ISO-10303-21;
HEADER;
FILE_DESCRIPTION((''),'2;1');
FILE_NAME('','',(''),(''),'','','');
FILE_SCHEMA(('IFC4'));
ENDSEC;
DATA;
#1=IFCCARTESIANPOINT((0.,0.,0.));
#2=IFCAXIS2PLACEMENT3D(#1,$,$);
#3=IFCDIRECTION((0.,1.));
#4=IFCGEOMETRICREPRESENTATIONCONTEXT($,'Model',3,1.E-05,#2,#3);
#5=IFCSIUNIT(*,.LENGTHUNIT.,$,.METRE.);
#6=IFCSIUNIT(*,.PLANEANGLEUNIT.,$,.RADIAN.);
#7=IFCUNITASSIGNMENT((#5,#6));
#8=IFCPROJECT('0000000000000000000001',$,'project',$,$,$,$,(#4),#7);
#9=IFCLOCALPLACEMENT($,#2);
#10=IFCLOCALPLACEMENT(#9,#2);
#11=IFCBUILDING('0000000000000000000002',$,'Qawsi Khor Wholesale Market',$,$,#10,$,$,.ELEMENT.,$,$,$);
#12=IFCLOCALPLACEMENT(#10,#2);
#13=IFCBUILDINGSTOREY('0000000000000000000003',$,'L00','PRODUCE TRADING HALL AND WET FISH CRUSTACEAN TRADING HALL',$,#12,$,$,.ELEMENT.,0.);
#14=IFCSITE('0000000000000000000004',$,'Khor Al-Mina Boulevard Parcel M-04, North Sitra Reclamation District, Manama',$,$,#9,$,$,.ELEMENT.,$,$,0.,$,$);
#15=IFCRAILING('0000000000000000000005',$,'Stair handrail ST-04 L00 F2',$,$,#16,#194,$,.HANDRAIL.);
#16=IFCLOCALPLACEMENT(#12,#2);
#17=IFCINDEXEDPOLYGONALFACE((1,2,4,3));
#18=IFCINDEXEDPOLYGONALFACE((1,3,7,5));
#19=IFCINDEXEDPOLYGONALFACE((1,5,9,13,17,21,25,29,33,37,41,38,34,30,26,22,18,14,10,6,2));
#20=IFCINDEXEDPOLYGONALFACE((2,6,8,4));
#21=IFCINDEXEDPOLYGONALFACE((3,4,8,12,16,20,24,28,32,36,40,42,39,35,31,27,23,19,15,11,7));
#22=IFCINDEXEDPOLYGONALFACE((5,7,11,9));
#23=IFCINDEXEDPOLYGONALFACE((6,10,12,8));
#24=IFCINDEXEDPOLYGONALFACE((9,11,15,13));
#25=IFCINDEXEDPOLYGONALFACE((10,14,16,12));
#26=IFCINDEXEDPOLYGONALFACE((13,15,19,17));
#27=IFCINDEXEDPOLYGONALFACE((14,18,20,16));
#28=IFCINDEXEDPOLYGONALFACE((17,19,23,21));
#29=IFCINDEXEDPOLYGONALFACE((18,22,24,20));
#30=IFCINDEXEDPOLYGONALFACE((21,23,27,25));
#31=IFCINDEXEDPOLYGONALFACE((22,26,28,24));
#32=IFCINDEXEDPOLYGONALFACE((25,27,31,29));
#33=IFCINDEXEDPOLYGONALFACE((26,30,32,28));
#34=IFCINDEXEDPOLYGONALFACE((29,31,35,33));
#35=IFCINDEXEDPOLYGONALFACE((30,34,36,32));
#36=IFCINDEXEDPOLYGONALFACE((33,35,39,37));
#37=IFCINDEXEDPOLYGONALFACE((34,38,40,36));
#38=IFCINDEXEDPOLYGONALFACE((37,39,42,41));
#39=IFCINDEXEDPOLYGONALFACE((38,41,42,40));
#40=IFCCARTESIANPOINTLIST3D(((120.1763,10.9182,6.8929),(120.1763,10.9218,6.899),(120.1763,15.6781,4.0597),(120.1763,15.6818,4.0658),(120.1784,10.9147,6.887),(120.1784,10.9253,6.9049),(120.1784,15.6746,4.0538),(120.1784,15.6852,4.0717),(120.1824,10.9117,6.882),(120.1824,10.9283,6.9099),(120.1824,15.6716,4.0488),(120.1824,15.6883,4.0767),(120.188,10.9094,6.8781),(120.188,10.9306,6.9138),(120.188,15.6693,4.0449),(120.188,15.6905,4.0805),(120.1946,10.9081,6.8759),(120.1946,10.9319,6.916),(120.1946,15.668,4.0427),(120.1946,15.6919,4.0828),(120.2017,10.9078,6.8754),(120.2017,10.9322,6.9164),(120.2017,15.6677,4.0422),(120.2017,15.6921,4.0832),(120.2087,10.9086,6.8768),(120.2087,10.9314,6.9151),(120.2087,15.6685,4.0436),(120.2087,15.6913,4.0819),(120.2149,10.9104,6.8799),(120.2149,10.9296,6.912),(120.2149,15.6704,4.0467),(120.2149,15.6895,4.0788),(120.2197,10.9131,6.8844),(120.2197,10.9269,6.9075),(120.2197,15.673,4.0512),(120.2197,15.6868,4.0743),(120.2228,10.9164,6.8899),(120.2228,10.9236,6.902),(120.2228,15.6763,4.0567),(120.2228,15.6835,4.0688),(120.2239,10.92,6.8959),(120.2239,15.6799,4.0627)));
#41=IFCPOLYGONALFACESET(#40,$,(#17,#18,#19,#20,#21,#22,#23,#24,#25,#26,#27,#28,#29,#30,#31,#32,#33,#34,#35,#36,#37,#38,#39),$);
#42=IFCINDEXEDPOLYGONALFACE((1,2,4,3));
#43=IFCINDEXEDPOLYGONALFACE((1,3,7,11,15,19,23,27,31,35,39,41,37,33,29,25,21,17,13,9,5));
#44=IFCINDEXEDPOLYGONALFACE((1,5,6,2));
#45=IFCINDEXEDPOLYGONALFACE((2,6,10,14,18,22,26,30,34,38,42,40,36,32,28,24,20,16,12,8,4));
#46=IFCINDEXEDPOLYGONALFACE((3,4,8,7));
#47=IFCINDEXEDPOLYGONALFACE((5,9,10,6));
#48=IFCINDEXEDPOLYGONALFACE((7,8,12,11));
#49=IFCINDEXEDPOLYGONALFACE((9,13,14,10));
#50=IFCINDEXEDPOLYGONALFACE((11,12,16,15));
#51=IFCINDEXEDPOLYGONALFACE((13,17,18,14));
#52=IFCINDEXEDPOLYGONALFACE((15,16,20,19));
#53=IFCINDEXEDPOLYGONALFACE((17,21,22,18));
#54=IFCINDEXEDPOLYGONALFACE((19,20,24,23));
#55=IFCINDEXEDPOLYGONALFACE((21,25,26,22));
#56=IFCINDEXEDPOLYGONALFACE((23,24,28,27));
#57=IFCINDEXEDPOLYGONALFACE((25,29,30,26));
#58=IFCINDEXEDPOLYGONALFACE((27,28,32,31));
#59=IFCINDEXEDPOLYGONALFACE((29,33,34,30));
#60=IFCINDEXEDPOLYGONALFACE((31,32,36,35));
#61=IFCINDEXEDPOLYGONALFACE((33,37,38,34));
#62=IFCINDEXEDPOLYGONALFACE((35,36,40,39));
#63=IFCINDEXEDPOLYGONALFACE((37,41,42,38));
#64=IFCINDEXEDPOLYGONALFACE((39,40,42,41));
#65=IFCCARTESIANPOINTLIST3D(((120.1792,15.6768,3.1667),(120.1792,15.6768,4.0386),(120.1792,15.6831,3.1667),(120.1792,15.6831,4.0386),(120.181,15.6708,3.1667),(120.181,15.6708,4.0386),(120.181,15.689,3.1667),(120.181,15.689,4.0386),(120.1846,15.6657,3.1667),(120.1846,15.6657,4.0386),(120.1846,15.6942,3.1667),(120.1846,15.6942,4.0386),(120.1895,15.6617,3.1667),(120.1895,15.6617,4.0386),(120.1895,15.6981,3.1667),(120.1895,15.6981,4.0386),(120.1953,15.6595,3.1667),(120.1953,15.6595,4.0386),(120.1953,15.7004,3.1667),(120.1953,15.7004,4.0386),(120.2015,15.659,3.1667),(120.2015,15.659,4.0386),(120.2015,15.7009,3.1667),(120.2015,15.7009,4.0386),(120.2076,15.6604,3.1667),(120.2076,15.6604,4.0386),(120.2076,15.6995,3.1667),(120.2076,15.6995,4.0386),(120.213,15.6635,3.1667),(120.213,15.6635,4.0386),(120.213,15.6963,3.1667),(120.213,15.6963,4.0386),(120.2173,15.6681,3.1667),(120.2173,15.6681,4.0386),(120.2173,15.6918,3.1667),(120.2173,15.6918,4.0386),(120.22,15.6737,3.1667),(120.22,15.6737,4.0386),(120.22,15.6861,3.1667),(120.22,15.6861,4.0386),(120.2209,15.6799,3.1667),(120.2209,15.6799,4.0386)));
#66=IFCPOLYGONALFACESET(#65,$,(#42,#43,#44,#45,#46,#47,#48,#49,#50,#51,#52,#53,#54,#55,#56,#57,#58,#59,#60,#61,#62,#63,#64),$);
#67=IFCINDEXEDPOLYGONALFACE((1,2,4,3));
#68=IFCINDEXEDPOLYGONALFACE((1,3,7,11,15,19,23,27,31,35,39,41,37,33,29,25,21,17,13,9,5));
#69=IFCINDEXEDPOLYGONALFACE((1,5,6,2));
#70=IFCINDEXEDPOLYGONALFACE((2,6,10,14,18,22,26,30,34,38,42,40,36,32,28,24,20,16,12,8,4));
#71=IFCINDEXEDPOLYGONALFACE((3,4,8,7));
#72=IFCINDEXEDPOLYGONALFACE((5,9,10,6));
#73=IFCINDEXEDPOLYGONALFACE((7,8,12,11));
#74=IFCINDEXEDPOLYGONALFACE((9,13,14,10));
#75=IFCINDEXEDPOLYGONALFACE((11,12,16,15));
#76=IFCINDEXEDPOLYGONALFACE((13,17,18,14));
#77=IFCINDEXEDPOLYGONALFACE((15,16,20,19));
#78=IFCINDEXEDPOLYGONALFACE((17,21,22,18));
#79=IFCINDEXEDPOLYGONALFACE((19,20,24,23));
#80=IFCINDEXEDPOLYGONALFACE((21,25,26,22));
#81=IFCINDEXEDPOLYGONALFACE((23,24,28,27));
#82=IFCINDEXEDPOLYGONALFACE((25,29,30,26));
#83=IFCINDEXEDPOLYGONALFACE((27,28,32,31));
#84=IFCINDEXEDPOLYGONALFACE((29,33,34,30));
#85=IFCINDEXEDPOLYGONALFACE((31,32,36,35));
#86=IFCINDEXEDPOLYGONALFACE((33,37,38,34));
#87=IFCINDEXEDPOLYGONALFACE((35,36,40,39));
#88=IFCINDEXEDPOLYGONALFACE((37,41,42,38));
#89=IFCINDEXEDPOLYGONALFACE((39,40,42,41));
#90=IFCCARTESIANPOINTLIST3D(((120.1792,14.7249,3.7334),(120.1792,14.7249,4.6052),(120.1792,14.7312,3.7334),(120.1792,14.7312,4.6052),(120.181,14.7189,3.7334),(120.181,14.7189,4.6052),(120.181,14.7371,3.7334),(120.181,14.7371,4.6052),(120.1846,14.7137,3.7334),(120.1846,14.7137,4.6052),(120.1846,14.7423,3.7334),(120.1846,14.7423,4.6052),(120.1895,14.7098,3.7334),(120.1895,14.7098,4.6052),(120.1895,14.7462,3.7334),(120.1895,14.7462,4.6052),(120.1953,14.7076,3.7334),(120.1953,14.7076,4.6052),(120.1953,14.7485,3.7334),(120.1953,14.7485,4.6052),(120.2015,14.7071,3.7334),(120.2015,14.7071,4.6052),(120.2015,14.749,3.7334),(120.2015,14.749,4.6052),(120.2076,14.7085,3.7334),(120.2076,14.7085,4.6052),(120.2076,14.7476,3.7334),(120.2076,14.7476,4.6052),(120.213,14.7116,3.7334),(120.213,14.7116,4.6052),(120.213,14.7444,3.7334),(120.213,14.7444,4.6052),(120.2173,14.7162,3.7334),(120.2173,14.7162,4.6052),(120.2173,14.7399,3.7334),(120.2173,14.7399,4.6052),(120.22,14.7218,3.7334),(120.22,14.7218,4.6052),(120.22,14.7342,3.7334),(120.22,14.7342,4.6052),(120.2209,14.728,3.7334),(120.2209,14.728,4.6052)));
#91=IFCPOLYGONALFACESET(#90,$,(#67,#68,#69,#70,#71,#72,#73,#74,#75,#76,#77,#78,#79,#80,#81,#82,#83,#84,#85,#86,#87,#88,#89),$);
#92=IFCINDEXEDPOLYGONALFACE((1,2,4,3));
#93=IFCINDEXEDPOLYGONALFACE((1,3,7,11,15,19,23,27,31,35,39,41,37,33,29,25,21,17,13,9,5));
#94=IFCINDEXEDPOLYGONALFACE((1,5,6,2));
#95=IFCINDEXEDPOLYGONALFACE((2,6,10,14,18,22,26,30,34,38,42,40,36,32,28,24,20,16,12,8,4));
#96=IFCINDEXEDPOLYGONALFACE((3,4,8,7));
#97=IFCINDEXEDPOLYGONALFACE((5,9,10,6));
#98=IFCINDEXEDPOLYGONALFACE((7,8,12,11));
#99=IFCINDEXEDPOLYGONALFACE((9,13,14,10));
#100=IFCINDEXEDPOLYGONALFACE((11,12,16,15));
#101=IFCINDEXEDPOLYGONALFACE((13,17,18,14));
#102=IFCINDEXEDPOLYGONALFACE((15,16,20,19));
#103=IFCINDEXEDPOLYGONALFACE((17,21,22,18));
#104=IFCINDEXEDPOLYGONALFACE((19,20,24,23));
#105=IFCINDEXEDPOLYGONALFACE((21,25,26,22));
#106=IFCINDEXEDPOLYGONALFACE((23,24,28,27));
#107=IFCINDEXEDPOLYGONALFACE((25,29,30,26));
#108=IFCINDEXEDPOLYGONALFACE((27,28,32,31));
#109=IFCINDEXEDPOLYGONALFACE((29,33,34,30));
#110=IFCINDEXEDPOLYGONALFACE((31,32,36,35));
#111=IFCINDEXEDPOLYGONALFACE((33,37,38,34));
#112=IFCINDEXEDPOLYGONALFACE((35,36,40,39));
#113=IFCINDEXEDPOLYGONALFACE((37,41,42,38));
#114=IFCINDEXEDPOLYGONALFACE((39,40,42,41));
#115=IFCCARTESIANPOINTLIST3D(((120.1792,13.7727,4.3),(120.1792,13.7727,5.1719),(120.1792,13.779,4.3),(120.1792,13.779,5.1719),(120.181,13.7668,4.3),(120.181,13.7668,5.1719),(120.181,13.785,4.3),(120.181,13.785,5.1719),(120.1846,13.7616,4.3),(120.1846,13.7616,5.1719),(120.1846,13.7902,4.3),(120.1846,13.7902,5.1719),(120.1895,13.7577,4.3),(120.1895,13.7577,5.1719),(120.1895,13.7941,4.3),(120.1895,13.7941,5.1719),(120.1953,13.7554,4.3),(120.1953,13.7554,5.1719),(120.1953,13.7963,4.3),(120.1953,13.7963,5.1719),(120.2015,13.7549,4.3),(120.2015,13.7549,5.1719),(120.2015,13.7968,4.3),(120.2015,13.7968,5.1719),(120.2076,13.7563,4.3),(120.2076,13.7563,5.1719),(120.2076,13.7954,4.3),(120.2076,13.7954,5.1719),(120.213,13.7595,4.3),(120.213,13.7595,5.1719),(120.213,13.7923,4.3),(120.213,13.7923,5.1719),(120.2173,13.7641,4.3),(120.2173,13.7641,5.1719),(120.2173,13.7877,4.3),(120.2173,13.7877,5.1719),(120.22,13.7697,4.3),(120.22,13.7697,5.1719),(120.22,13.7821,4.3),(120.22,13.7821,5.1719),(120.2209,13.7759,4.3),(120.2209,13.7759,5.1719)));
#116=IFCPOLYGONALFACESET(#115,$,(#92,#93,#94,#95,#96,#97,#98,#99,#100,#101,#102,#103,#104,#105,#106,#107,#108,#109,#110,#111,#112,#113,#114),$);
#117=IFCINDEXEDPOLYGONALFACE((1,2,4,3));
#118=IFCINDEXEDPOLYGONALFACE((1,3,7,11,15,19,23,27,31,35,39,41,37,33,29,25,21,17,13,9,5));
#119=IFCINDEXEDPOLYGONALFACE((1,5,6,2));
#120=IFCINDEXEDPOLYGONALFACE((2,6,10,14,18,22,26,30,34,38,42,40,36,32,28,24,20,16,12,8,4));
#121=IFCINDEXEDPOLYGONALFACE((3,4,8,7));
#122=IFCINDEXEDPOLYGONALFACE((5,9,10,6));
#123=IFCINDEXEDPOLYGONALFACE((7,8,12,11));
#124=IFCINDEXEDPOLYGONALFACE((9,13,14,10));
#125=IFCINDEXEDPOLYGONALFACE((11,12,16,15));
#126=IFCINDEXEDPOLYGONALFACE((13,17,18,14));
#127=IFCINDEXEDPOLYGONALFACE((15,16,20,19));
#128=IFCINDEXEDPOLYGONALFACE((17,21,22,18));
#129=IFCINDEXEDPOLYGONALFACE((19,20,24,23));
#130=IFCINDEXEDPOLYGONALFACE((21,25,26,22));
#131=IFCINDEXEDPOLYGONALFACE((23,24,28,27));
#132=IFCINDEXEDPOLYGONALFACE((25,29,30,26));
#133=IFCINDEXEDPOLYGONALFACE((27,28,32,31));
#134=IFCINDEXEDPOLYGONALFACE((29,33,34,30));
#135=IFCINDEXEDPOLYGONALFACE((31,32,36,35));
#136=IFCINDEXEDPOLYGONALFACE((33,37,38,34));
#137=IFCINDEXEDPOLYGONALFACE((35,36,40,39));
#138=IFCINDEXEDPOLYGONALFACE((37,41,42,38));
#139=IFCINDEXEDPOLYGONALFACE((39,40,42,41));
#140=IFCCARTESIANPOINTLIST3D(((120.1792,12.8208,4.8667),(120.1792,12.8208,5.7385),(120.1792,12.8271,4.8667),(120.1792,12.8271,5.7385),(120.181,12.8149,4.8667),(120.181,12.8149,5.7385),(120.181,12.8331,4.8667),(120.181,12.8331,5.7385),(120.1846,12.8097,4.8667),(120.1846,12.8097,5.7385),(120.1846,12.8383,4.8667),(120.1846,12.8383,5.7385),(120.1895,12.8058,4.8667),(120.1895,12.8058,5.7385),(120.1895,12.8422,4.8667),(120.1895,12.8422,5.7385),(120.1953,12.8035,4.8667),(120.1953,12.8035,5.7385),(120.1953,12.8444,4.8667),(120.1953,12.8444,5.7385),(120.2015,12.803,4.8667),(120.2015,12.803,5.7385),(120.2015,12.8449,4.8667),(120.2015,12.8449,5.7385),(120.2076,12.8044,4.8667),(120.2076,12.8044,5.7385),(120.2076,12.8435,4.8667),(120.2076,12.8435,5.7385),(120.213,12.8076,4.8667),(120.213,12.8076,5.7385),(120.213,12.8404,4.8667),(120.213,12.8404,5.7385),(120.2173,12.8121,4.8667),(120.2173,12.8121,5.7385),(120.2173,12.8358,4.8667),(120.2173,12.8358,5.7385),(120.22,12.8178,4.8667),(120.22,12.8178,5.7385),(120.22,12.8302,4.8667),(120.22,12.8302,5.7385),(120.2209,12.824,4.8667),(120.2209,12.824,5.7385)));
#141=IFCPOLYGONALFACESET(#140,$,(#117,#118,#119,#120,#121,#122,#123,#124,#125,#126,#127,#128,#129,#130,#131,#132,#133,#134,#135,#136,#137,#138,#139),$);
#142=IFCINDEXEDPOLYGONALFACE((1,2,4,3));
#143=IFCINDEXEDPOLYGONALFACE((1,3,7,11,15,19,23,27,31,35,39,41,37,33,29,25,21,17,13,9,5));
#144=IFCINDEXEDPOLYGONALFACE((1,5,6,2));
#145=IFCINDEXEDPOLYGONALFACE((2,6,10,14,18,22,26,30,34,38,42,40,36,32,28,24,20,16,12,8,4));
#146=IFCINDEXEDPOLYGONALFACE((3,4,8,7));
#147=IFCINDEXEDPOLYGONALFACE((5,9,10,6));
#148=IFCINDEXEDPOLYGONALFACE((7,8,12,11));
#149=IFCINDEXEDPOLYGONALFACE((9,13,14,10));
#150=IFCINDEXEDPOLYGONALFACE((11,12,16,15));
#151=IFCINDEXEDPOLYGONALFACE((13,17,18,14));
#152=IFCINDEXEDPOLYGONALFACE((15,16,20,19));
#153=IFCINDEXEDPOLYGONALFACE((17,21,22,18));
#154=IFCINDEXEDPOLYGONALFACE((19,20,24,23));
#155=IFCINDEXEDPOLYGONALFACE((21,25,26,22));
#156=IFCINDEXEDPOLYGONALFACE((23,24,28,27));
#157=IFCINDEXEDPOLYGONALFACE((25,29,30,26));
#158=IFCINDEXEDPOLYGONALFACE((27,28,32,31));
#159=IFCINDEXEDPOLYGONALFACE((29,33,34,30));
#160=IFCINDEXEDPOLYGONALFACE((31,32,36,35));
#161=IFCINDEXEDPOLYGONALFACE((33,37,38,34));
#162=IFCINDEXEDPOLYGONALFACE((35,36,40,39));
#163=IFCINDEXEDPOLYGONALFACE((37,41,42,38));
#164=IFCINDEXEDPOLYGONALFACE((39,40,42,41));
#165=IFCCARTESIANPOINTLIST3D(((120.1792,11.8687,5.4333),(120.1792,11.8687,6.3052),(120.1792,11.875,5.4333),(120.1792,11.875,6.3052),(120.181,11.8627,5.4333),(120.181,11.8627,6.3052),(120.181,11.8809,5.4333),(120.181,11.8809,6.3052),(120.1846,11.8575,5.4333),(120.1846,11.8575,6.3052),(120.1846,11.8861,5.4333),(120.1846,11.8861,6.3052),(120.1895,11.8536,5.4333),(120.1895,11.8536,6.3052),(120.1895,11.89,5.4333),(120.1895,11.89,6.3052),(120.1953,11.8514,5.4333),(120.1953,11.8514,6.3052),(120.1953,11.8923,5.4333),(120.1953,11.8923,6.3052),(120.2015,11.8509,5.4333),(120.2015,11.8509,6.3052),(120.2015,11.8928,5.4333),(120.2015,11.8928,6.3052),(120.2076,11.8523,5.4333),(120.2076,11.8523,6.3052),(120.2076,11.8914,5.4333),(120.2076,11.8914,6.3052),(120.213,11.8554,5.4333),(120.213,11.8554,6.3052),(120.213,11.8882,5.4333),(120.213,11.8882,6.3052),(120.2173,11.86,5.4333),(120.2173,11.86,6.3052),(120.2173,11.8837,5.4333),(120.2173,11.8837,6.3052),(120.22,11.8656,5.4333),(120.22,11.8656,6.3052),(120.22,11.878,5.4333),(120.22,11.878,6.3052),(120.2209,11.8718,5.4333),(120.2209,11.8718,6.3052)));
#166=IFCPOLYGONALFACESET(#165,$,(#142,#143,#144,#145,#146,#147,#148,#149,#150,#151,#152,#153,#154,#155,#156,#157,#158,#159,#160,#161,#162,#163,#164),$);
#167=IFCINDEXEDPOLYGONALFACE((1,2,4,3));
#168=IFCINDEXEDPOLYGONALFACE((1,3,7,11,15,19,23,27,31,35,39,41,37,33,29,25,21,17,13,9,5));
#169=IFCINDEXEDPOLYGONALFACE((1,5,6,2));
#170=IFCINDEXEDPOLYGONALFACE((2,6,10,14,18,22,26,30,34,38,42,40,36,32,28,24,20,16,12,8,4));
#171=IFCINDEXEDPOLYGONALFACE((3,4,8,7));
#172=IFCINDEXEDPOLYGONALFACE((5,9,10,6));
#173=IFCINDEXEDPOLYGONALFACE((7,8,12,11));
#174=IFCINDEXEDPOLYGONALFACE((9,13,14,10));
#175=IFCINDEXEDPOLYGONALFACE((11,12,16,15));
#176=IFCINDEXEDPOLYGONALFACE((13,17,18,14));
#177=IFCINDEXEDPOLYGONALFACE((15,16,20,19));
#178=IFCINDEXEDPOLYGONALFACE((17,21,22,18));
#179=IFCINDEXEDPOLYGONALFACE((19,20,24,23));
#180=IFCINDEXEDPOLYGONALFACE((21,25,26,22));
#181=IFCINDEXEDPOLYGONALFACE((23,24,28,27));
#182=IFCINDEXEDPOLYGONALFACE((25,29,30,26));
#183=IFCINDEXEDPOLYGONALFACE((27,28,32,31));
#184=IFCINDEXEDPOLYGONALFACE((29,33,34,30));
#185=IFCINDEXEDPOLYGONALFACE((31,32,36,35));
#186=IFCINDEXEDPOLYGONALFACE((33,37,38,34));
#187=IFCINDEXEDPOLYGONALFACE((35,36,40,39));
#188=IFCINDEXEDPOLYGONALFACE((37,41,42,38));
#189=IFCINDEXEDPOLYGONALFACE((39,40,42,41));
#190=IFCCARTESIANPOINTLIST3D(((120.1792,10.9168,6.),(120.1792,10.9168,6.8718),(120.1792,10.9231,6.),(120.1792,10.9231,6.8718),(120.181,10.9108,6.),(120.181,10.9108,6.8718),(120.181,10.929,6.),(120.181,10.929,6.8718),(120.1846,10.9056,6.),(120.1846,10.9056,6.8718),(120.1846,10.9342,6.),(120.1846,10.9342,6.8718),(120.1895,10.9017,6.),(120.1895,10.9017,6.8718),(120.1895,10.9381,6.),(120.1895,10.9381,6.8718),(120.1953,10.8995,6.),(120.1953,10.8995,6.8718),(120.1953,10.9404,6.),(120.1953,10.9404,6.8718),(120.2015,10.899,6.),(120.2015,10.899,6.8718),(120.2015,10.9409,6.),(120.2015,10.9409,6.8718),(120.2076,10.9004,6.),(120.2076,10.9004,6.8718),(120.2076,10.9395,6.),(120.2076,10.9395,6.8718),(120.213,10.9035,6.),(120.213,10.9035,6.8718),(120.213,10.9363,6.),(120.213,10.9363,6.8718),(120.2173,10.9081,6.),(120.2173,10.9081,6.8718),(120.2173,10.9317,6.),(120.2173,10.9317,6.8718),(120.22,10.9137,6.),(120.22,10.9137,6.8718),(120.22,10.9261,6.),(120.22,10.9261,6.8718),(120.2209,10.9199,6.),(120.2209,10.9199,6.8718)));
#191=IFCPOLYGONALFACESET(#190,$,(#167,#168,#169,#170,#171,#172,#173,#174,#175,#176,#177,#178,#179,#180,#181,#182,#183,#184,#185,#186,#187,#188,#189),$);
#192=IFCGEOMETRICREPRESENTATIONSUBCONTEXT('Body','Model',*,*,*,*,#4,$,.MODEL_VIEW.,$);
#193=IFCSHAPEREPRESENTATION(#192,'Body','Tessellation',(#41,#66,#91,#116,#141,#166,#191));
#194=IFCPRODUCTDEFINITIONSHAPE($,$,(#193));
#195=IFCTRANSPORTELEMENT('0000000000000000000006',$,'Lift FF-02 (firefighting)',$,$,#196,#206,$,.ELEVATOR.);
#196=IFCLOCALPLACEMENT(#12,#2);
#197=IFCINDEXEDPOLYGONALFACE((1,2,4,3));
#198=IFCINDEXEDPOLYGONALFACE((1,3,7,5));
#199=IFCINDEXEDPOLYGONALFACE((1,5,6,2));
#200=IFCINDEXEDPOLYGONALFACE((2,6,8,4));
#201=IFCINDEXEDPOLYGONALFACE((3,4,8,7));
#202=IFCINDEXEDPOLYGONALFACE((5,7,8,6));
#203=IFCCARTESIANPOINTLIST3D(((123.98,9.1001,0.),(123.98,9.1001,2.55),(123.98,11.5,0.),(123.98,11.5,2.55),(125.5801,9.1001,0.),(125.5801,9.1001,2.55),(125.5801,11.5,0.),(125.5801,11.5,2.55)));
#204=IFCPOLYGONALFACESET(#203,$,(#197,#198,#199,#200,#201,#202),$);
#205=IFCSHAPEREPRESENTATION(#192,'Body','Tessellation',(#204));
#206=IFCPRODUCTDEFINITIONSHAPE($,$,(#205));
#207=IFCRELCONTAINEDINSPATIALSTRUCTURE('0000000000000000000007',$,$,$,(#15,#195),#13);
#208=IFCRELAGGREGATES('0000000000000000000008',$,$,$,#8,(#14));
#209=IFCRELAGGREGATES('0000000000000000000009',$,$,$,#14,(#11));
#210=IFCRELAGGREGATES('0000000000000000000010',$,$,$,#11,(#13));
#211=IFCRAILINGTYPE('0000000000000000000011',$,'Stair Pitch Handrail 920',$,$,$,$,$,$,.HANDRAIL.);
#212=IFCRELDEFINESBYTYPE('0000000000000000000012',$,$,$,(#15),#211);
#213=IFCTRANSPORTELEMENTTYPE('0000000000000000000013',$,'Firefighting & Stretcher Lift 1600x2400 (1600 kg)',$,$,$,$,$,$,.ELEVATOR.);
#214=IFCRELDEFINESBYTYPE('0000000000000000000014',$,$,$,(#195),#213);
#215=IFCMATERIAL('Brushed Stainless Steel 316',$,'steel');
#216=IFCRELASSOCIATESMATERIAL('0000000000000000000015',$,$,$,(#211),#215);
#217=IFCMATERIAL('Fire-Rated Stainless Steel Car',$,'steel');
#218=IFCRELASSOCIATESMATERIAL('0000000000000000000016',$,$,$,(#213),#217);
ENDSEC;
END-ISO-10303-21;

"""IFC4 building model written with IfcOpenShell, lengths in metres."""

from ifc_helpers import new_model, si_unit, direction, frame, origin, origin_2d, place, context, subcontext, project, spatial, rectangle, circle, extrude, material, type_object, element, save


model = new_model("IFC4")

# Units and contexts
model_context = context("Model", 3, precision=1e-05, world=origin(), true_north=direction((0.0, 1.0)))
body_context = subcontext(model_context, "Body", "Model", "MODEL_VIEW")
ifc_project = project(units=[si_unit("LENGTHUNIT", "METRE"), si_unit("PLANEANGLEUNIT", "RADIAN")], contexts=[model_context])

# Site, building, storey
site_placement = place(None, origin())
site = spatial("IfcSite", under=ifc_project, at=site_placement, Name="Khor Al-Mina Boulevard Parcel M-04, North Sitra Reclamation District, Manama", CompositionType="ELEMENT", RefElevation=0.0)
building_placement = place(site_placement, origin())
building = spatial("IfcBuilding", under=site, at=building_placement, Name="Qawsi Khor Wholesale Market", CompositionType="ELEMENT")
storey_placement = place(building_placement, origin())
storey = spatial("IfcBuildingStorey", under=building, at=storey_placement, Name="L00", Description="PRODUCE TRADING HALL AND WET FISH CRUSTACEAN TRADING HALL", CompositionType="ELEMENT", Elevation=0.0)

# Railing
ifc_material_1 = material(Name="Brushed Stainless Steel 316", Category="steel")
railing_type = type_object("IfcRailingType", Name="Stair Pitch Handrail 920", PredefinedType="HANDRAIL", material=ifc_material_1)
railing_1_placement = place(storey_placement, frame((120.2, 15.6799, 3.1667)))
element("IfcRailing", 1, at=railing_1_placement, inside=storey, type_object=railing_type, Name="Stair handrail ST-04 L00 F2", PredefinedType="HANDRAIL", context=body_context, shape_type="SweptSolid", body=[
    extrude(circle(Radius=0.0239, at=origin_2d()), frame((0.0, 0.0, 0.896), z_axis=(0.0, -0.8593, 0.511472), x_axis=(1.0, 0.0, 0.0)), (0.0, 0.0, 1.0), 5.5393),
    extrude(circle(Radius=0.021, at=origin_2d()), origin(), (0.0, 0.0, 1.0), 0.8718),
    extrude(circle(Radius=0.021, at=origin_2d()), frame((0.0, -0.9519, 0.5667)), (0.0, 0.0, 1.0), 0.8718),
    extrude(circle(Radius=0.021, at=origin_2d()), frame((0.0, -1.9041, 1.1333)), (0.0, 0.0, 1.0), 0.8718),
    extrude(circle(Radius=0.021, at=origin_2d()), frame((0.0, -2.856, 1.7)), (0.0, 0.0, 1.0), 0.8718),
    extrude(circle(Radius=0.021, at=origin_2d()), frame((0.0, -3.8081, 2.2666)), (0.0, 0.0, 1.0), 0.8718),
    extrude(circle(Radius=0.021, at=origin_2d()), frame((0.0, -4.76, 2.8333)), (0.0, 0.0, 1.0), 0.8718),
])

# Transport element
ifc_material_2 = material(Name="Fire-Rated Stainless Steel Car", Category="steel")
transport_element_type = type_object("IfcTransportElementType", Name="Firefighting & Stretcher Lift 1600x2400 (1600 kg)", PredefinedType="ELEVATOR", material=ifc_material_2)
transport_element_placement = place(storey_placement, frame((124.78, 10.3, 0.0), z_axis=(0.0, 0.0, 1.0), x_axis=(1.0, 0.0, 0.0)))
element("IfcTransportElement", 2, at=transport_element_placement, inside=storey, type_object=transport_element_type, Name="Lift FF-02 (firefighting)", PredefinedType="ELEVATOR", context=body_context, shape_type="SweptSolid", body=[
    extrude(rectangle(XDim=1.6001, YDim=2.3999, at=origin_2d()), origin(), (0.0, 0.0, 1.0), 2.55),
])

save(model, "model.ifc")
